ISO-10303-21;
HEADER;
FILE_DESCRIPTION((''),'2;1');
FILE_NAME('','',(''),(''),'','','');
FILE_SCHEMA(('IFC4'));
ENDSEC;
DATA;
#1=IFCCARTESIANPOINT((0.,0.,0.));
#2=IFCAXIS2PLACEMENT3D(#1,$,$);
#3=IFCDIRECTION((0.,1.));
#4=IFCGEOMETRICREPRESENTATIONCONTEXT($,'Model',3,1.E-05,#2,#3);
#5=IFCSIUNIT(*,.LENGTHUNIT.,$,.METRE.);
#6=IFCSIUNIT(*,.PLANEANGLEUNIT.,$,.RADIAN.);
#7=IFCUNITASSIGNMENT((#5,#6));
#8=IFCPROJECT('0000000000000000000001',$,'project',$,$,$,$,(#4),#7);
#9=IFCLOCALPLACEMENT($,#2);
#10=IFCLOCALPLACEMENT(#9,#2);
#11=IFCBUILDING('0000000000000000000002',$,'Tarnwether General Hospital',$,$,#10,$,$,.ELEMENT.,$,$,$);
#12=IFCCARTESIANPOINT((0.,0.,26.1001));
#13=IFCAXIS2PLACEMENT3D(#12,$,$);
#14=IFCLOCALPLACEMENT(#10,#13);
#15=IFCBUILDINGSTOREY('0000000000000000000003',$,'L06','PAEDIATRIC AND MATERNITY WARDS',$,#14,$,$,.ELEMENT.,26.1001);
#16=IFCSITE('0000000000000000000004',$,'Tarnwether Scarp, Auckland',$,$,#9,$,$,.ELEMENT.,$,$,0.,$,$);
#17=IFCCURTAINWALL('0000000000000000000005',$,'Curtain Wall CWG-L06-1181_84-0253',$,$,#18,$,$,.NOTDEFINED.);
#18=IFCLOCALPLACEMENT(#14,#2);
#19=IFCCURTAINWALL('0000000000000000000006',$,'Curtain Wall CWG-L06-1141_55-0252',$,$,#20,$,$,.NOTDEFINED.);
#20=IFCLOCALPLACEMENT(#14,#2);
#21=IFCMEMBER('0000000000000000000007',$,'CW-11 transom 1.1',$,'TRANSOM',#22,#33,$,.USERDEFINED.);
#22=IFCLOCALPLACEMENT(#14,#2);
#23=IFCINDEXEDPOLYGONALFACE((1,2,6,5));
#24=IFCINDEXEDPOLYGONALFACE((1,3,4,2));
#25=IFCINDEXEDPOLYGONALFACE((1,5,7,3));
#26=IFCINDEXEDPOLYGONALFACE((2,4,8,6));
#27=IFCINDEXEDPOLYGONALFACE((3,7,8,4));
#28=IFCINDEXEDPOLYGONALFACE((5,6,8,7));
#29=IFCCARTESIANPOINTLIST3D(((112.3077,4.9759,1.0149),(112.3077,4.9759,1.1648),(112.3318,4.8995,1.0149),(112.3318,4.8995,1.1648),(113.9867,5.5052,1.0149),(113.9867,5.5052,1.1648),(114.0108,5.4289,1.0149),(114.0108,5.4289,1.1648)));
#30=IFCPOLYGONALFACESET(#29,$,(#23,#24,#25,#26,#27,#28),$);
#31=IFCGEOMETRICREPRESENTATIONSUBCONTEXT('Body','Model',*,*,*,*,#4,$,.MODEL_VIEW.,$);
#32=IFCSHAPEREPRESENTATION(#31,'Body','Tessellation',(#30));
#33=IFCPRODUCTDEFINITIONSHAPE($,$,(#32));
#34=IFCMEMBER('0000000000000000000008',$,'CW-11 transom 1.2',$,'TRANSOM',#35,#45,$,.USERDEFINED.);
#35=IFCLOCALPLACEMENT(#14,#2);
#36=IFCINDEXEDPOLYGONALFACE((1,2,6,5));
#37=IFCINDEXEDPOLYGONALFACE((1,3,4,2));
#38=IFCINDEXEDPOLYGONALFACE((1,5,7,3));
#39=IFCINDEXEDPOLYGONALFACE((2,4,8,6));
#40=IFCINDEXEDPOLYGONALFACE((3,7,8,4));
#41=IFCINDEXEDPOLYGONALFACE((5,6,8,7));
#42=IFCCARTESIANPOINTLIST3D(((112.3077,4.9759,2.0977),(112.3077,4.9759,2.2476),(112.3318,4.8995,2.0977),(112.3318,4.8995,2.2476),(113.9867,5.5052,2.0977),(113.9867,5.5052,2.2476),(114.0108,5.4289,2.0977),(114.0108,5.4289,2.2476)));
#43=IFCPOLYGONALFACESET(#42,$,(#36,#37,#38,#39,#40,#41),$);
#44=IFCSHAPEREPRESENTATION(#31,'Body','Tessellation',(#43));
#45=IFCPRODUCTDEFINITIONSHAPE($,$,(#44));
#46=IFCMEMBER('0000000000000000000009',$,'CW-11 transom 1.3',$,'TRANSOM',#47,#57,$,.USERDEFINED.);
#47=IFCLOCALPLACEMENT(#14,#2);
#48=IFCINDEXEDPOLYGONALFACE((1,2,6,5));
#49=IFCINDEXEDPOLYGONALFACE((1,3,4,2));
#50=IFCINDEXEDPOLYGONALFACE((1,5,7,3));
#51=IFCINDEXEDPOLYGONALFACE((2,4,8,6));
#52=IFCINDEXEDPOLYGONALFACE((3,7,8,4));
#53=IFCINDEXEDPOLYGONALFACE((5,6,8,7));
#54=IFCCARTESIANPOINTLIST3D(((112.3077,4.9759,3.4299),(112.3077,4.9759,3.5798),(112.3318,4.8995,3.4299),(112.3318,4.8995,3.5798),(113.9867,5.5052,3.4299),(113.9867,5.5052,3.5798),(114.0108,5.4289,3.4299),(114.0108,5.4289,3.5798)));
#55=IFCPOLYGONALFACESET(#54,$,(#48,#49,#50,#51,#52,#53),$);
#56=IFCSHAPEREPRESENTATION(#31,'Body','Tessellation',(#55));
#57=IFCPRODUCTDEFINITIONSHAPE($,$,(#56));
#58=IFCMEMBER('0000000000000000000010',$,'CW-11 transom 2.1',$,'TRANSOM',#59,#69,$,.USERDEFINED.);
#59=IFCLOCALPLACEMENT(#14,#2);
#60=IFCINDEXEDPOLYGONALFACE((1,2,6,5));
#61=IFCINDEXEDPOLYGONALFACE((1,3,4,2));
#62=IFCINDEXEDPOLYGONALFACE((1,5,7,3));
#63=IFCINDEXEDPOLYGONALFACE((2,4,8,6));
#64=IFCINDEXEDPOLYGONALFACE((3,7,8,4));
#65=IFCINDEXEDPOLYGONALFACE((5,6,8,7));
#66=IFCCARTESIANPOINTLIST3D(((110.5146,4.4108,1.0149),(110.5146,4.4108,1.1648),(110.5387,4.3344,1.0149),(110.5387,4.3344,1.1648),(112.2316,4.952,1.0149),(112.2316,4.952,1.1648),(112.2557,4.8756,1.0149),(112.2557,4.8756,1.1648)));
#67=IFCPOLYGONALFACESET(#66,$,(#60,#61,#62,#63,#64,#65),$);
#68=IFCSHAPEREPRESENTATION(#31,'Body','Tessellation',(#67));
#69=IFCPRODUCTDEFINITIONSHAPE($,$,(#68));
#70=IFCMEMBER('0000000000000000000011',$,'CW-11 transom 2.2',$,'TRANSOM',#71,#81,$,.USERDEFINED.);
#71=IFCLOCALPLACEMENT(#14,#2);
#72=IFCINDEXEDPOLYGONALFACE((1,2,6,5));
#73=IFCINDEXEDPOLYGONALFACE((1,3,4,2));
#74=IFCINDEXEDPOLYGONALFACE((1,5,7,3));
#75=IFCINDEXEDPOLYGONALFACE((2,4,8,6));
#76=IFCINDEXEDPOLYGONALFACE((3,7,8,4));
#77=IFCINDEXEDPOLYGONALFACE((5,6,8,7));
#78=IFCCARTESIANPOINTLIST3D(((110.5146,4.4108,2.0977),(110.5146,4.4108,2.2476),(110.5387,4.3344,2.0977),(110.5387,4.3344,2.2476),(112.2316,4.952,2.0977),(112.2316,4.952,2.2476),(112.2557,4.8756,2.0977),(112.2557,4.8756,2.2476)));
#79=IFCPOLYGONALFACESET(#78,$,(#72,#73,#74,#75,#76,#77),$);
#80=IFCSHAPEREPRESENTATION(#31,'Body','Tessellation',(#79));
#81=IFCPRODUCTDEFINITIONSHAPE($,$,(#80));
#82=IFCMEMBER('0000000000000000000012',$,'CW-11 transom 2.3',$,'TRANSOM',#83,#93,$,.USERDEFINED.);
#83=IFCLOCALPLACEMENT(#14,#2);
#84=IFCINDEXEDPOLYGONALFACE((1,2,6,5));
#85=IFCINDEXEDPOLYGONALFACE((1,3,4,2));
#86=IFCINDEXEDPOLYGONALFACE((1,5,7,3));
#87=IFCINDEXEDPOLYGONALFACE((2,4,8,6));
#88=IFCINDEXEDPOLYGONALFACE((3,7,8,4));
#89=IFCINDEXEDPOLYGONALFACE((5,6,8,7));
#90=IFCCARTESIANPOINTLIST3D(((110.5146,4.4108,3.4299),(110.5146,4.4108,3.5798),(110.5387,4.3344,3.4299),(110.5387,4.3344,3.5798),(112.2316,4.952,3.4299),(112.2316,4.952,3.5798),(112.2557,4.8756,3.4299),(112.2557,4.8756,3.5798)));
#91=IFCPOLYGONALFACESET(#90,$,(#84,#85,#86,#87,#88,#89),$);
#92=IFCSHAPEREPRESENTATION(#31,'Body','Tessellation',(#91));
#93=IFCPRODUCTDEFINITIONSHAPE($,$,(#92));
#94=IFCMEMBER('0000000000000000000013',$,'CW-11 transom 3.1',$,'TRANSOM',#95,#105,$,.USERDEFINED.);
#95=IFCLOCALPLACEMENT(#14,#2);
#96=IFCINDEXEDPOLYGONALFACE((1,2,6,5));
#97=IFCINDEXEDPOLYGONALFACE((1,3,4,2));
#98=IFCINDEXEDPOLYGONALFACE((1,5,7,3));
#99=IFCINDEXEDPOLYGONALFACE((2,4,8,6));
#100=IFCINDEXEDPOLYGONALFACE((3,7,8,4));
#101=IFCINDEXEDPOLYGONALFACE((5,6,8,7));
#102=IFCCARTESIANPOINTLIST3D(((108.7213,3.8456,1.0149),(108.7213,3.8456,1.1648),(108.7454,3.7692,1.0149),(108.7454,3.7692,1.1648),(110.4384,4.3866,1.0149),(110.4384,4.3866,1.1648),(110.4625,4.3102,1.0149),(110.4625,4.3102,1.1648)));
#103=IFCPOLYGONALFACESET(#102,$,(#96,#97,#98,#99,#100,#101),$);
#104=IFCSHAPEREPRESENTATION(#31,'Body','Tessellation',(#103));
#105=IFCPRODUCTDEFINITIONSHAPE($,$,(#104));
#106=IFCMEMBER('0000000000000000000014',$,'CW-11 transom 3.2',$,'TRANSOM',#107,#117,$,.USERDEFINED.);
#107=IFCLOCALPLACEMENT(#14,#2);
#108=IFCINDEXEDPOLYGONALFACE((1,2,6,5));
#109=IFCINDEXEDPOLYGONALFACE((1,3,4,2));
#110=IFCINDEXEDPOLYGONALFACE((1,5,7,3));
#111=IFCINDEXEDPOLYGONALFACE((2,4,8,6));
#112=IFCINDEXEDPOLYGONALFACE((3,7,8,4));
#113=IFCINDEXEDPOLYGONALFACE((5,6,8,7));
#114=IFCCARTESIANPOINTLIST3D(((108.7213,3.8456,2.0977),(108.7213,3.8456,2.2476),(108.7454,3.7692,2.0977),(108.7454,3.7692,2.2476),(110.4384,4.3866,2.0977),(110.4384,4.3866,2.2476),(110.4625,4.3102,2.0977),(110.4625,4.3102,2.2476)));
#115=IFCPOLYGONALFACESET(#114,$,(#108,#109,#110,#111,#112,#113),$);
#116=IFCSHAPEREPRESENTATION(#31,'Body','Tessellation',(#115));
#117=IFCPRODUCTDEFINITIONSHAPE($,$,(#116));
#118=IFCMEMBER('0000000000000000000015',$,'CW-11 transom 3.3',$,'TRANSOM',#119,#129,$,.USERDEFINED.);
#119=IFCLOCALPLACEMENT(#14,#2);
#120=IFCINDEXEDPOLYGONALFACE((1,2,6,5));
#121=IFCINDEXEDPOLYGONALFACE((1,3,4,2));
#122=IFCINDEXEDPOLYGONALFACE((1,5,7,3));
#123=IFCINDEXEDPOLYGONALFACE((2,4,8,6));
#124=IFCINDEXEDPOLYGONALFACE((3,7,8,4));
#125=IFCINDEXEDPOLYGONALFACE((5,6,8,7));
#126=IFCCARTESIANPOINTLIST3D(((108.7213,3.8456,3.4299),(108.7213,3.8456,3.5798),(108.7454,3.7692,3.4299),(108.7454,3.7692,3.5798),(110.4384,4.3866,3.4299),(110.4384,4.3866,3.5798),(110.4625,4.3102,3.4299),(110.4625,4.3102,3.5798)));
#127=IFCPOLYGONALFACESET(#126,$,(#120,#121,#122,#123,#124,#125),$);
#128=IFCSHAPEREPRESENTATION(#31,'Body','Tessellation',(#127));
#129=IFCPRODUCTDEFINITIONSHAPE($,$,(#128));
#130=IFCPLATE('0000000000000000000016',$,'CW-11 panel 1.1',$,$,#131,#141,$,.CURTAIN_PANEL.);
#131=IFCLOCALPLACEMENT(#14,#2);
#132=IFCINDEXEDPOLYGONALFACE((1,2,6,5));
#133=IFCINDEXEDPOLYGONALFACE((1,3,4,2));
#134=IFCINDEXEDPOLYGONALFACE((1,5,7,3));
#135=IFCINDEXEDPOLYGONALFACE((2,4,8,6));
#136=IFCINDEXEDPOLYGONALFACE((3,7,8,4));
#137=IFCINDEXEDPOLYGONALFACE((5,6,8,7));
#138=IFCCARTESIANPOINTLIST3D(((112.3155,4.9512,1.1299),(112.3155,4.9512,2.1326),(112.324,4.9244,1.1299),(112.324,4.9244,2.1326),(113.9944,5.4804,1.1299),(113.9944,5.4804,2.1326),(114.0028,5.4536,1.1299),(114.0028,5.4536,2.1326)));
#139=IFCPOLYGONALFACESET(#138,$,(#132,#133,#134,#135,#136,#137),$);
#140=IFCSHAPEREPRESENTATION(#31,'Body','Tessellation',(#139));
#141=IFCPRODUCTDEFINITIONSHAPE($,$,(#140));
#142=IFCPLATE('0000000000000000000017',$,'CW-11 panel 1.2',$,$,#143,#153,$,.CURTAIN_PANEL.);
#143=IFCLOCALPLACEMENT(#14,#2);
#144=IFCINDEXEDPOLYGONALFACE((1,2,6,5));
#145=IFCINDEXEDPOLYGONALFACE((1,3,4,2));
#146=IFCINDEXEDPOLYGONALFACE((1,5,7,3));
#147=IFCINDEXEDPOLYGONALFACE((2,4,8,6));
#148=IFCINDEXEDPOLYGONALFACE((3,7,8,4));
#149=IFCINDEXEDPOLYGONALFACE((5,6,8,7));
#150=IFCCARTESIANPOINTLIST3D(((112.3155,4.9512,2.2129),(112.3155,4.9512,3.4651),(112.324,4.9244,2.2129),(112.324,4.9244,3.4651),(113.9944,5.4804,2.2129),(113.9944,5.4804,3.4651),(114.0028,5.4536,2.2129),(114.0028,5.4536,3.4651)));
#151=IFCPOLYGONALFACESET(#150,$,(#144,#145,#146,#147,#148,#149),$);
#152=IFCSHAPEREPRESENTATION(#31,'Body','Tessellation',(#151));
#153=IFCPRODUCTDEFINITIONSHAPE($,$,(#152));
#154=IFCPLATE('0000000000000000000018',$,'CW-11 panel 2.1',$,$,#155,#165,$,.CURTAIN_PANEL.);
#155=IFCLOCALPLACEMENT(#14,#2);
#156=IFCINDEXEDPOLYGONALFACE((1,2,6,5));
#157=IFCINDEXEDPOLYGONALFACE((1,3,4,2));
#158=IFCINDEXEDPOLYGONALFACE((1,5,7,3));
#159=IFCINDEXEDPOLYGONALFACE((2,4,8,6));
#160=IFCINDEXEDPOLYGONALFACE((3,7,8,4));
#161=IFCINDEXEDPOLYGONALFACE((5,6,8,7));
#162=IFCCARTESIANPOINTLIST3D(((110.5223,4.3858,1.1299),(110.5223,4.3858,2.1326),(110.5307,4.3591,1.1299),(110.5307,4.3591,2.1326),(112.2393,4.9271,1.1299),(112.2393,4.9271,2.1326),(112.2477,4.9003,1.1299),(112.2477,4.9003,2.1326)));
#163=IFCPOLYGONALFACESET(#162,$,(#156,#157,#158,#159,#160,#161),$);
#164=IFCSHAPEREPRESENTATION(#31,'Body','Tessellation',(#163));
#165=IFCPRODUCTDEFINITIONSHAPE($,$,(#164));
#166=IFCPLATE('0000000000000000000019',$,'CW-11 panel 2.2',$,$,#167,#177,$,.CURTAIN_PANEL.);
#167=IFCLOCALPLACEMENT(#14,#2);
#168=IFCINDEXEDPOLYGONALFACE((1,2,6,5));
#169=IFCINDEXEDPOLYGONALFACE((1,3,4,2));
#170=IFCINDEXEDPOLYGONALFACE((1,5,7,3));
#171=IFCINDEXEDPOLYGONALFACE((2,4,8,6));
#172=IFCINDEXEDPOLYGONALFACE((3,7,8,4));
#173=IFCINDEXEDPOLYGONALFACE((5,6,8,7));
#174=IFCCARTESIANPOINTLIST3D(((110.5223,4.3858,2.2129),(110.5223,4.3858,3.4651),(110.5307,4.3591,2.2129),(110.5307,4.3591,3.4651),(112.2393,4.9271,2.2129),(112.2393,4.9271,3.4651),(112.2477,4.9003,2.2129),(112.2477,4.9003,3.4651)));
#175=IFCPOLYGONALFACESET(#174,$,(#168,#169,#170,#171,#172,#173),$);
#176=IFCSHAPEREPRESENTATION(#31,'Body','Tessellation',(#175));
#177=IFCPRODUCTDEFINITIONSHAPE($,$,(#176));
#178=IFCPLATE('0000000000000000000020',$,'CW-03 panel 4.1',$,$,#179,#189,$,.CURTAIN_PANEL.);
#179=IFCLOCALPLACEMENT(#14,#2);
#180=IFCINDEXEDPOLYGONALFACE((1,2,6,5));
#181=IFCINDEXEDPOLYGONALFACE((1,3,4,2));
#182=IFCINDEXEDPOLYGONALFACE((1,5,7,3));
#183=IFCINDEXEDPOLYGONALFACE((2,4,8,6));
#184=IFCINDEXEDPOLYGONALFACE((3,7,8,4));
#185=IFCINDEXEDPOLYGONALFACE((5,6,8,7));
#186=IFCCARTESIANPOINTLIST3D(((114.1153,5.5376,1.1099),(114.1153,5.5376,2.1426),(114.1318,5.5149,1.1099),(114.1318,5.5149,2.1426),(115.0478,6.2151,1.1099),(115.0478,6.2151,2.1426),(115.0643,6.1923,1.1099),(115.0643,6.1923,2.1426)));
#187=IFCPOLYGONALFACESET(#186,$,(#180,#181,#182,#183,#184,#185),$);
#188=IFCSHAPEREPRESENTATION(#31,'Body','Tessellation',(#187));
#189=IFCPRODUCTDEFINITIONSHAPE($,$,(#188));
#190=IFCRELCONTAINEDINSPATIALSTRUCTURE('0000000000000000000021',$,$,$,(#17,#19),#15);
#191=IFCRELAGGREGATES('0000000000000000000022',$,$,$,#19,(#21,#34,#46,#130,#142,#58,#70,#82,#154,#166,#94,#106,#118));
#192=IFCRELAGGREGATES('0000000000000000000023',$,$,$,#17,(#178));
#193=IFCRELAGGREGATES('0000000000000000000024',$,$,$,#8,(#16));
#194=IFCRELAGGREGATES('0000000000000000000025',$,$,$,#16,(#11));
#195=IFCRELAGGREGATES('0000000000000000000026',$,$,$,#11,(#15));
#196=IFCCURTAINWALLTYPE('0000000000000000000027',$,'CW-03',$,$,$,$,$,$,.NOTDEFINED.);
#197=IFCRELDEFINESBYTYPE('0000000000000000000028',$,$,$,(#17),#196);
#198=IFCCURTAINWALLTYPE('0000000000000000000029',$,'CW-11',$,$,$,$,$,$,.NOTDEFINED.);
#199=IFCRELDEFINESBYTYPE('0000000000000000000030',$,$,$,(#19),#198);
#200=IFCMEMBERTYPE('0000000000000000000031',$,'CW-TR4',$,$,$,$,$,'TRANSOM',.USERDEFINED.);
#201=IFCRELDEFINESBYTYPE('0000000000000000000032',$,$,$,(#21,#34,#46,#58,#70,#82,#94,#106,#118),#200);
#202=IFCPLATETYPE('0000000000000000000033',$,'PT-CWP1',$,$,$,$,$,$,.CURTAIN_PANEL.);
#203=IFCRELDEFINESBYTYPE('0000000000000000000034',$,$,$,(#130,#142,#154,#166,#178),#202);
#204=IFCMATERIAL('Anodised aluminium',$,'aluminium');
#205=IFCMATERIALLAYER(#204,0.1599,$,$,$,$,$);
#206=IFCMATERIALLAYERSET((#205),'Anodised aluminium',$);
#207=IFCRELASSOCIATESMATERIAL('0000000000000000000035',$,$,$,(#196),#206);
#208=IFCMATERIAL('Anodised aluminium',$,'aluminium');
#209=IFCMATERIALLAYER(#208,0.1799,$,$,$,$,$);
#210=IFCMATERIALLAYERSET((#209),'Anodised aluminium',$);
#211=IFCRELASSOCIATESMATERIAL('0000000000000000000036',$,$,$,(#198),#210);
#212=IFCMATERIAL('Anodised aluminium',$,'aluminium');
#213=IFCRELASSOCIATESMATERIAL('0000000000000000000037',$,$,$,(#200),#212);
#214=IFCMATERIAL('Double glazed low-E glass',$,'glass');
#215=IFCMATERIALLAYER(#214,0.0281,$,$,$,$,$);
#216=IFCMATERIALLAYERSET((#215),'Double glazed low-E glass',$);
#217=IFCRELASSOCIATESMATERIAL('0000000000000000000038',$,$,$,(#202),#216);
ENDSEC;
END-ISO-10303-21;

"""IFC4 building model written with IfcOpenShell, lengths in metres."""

from ifc_helpers import new_model, si_unit, direction, frame, origin, origin_2d, place, context, subcontext, project, spatial, rectangle, extrude, material, layer, layer_set, material_profile, profile_set, type_object, element, aggregate, save


model = new_model("IFC4")

# Units and contexts
model_context = context("Model", 3, precision=1e-05, world=origin(), true_north=direction((0.0, 1.0)))
body_context = subcontext(model_context, "Body", "Model", "MODEL_VIEW")
ifc_project = project(units=[si_unit("LENGTHUNIT", "METRE"), si_unit("PLANEANGLEUNIT", "RADIAN")], contexts=[model_context])

# Site, building, storey
site_placement = place(None, origin())
site = spatial("IfcSite", under=ifc_project, at=site_placement, Name="Tarnwether Scarp, Auckland", CompositionType="ELEMENT", RefElevation=0.0)
building_placement = place(site_placement, origin())
building = spatial("IfcBuilding", under=site, at=building_placement, Name="Tarnwether General Hospital", CompositionType="ELEMENT")
storey_placement = place(building_placement, frame((0.0, 0.0, 26.1001)))
storey = spatial("IfcBuildingStorey", under=building, at=storey_placement, Name="L06", Description="PAEDIATRIC AND MATERNITY WARDS", CompositionType="ELEMENT", Elevation=26.1001)

# Curtain wall
ifc_material_1 = material(Name="Anodised aluminium", Category="aluminium")
ifc_layer_1 = layer(ifc_material_1, 0.1599)
ifc_layer_set_1 = layer_set([ifc_layer_1], Name="Anodised aluminium")
curtain_wall_type_1 = type_object("IfcCurtainWallType", Name="CW-03", PredefinedType="NOTDEFINED", material=ifc_layer_set_1)
curtain_wall_1_placement = place(storey_placement, origin())
curtain_wall_1 = element("IfcCurtainWall", 1, at=curtain_wall_1_placement, inside=storey, type_object=curtain_wall_type_1, Name="Curtain Wall CWG-L06-1181_84-0253", PredefinedType="NOTDEFINED")

# Curtain wall
ifc_material_2 = material(Name="Anodised aluminium", Category="aluminium")
ifc_layer_2 = layer(ifc_material_2, 0.1799)
ifc_layer_set_2 = layer_set([ifc_layer_2], Name="Anodised aluminium")
curtain_wall_type_2 = type_object("IfcCurtainWallType", Name="CW-11", PredefinedType="NOTDEFINED", material=ifc_layer_set_2)
curtain_wall_2_placement = place(storey_placement, origin())
curtain_wall_2 = element("IfcCurtainWall", 2, at=curtain_wall_2_placement, inside=storey, type_object=curtain_wall_type_2, Name="Curtain Wall CWG-L06-1141_55-0252", PredefinedType="NOTDEFINED")

# Members
ifc_material_3 = material(Name="Anodised aluminium", Category="aluminium")
ifc_material_profile_1 = material_profile(ifc_material_3, rectangle(XDim=0.0801, YDim=0.1499, at=origin_2d()), Name="ALU-TRN-80x150")
ifc_profile_set_1 = profile_set([ifc_material_profile_1], Name="Anodised aluminium")
member_type_1 = type_object("IfcMemberType", Name="CW-TR4", ElementType="TRANSOM", PredefinedType="USERDEFINED", material=ifc_profile_set_1)
member_1_placement = place(storey_placement, frame((113.9988, 5.467, 1.0898), z_axis=(-0.953729, -0.300667, 0.0), x_axis=(0.300667, -0.953729, 0.0)))
member_1 = element("IfcMember", 3, at=member_1_placement, type_object=member_type_1, Name="CW-11 transom 1.1", ObjectType="TRANSOM", PredefinedType="USERDEFINED", context=body_context, shape_type="SweptSolid", body=[
    extrude(rectangle(XDim=0.0801, YDim=0.1499, at=origin_2d()), origin(), (0.0, 0.0, 1.0), 1.7605),
])
member_2_placement = place(storey_placement, frame((113.9988, 5.467, 2.1726), z_axis=(-0.953729, -0.300667, 0.0), x_axis=(0.300667, -0.953729, 0.0)))
member_2 = element("IfcMember", 4, at=member_2_placement, type_object=member_type_1, Name="CW-11 transom 1.2", ObjectType="TRANSOM", PredefinedType="USERDEFINED", context=body_context, shape_type="SweptSolid", body=[
    extrude(rectangle(XDim=0.0801, YDim=0.1499, at=origin_2d()), origin(), (0.0, 0.0, 1.0), 1.7605),
])
member_3_placement = place(storey_placement, frame((113.9988, 5.467, 3.5049), z_axis=(-0.953729, -0.300667, 0.0), x_axis=(0.300667, -0.953729, 0.0)))
member_3 = element("IfcMember", 5, at=member_3_placement, type_object=member_type_1, Name="CW-11 transom 1.3", ObjectType="TRANSOM", PredefinedType="USERDEFINED", context=body_context, shape_type="SweptSolid", body=[
    extrude(rectangle(XDim=0.0801, YDim=0.1499, at=origin_2d()), origin(), (0.0, 0.0, 1.0), 1.7605),
])
member_4_placement = place(storey_placement, frame((112.2437, 4.9138, 1.0898), z_axis=(-0.953736, -0.300645, 0.0), x_axis=(0.300645, -0.953736, 0.0)))
member_4 = element("IfcMember", 6, at=member_4_placement, type_object=member_type_1, Name="CW-11 transom 2.1", ObjectType="TRANSOM", PredefinedType="USERDEFINED", context=body_context, shape_type="SweptSolid", body=[
    extrude(rectangle(XDim=0.0801, YDim=0.1499, at=origin_2d()), origin(), (0.0, 0.0, 1.0), 1.8003),
])
member_5_placement = place(storey_placement, frame((112.2437, 4.9138, 2.1726), z_axis=(-0.953736, -0.300645, 0.0), x_axis=(0.300645, -0.953736, 0.0)))
member_5 = element("IfcMember", 7, at=member_5_placement, type_object=member_type_1, Name="CW-11 transom 2.2", ObjectType="TRANSOM", PredefinedType="USERDEFINED", context=body_context, shape_type="SweptSolid", body=[
    extrude(rectangle(XDim=0.0801, YDim=0.1499, at=origin_2d()), origin(), (0.0, 0.0, 1.0), 1.8003),
])
member_6_placement = place(storey_placement, frame((112.2437, 4.9138, 3.5049), z_axis=(-0.953736, -0.300645, 0.0), x_axis=(0.300645, -0.953736, 0.0)))
member_6 = element("IfcMember", 8, at=member_6_placement, type_object=member_type_1, Name="CW-11 transom 2.3", ObjectType="TRANSOM", PredefinedType="USERDEFINED", context=body_context, shape_type="SweptSolid", body=[
    extrude(rectangle(XDim=0.0801, YDim=0.1499, at=origin_2d()), origin(), (0.0, 0.0, 1.0), 1.8003),
])
member_7_placement = place(storey_placement, frame((110.4504, 4.3484, 1.0898), z_axis=(-0.953775, -0.300521, 0.0), x_axis=(0.300521, -0.953775, 0.0)))
member_7 = element("IfcMember", 9, at=member_7_placement, type_object=member_type_1, Name="CW-11 transom 3.1", ObjectType="TRANSOM", PredefinedType="USERDEFINED", context=body_context, shape_type="SweptSolid", body=[
    extrude(rectangle(XDim=0.0801, YDim=0.1499, at=origin_2d()), origin(), (0.0, 0.0, 1.0), 1.8003),
])
member_8_placement = place(storey_placement, frame((110.4504, 4.3484, 2.1726), z_axis=(-0.953775, -0.300521, 0.0), x_axis=(0.300521, -0.953775, 0.0)))
member_8 = element("IfcMember", 10, at=member_8_placement, type_object=member_type_1, Name="CW-11 transom 3.2", ObjectType="TRANSOM", PredefinedType="USERDEFINED", context=body_context, shape_type="SweptSolid", body=[
    extrude(rectangle(XDim=0.0801, YDim=0.1499, at=origin_2d()), origin(), (0.0, 0.0, 1.0), 1.8003),
])
member_9_placement = place(storey_placement, frame((110.4504, 4.3484, 3.5049), z_axis=(-0.953775, -0.300521, 0.0), x_axis=(0.300521, -0.953775, 0.0)))
member_9 = element("IfcMember", 11, at=member_9_placement, type_object=member_type_1, Name="CW-11 transom 3.3", ObjectType="TRANSOM", PredefinedType="USERDEFINED", context=body_context, shape_type="SweptSolid", body=[
    extrude(rectangle(XDim=0.0801, YDim=0.1499, at=origin_2d()), origin(), (0.0, 0.0, 1.0), 1.8003),
])

# Plates
ifc_material_4 = material(Name="Double glazed low-E glass", Category="glass")
ifc_layer_3 = layer(ifc_material_4, 0.0281)
ifc_layer_set_3 = layer_set([ifc_layer_3], Name="Double glazed low-E glass")
plate_type_1 = type_object("IfcPlateType", Name="PT-CWP1", PredefinedType="CURTAIN_PANEL", material=ifc_layer_set_3)
plate_1_placement = place(storey_placement, frame((113.1592, 5.2024, 1.1299), z_axis=(0.0, 0.0, 1.0), x_axis=(-0.953741, -0.300629, 0.0)))
plate_1 = element("IfcPlate", 12, at=plate_1_placement, type_object=plate_type_1, Name="CW-11 panel 1.1", PredefinedType="CURTAIN_PANEL", context=body_context, shape_type="SweptSolid", body=[
    extrude(rectangle(XDim=1.7603, YDim=0.0281, at=origin_2d()), origin(), (0.0, 0.0, 1.0), 1.0027),
])
plate_2_placement = place(storey_placement, frame((113.1592, 5.2024, 2.2129), z_axis=(0.0, 0.0, 1.0), x_axis=(-0.953741, -0.300629, 0.0)))
plate_2 = element("IfcPlate", 13, at=plate_2_placement, type_object=plate_type_1, Name="CW-11 panel 1.2", PredefinedType="CURTAIN_PANEL", context=body_context, shape_type="SweptSolid", body=[
    extrude(rectangle(XDim=1.7603, YDim=0.0281, at=origin_2d()), origin(), (0.0, 0.0, 1.0), 1.2522),
])
plate_3_placement = place(storey_placement, frame((111.385, 4.6431, 1.1299), z_axis=(0.0, 0.0, 1.0), x_axis=(-0.953741, -0.300629, 0.0)))
plate_3 = element("IfcPlate", 14, at=plate_3_placement, type_object=plate_type_1, Name="CW-11 panel 2.1", PredefinedType="CURTAIN_PANEL", context=body_context, shape_type="SweptSolid", body=[
    extrude(rectangle(XDim=1.8003, YDim=0.0281, at=origin_2d()), origin(), (0.0, 0.0, 1.0), 1.0027),
])
plate_4_placement = place(storey_placement, frame((111.385, 4.6431, 2.2129), z_axis=(0.0, 0.0, 1.0), x_axis=(-0.953741, -0.300629, 0.0)))
plate_4 = element("IfcPlate", 15, at=plate_4_placement, type_object=plate_type_1, Name="CW-11 panel 2.2", PredefinedType="CURTAIN_PANEL", context=body_context, shape_type="SweptSolid", body=[
    extrude(rectangle(XDim=1.8003, YDim=0.0281, at=origin_2d()), origin(), (0.0, 0.0, 1.0), 1.2522),
])
aggregate(curtain_wall_2, [member_1, member_2, member_3, plate_1, plate_2, member_4, member_5, member_6, plate_3, plate_4, member_7, member_8, member_9])
plate_5_placement = place(storey_placement, frame((114.5898, 5.865, 1.1099), z_axis=(0.0, 0.0, 1.0), x_axis=(-0.809058, -0.587729, 0.0)))
plate_5 = element("IfcPlate", 16, at=plate_5_placement, type_object=plate_type_1, Name="CW-03 panel 4.1", PredefinedType="CURTAIN_PANEL", context=body_context, shape_type="SweptSolid", body=[
    extrude(rectangle(XDim=1.1526, YDim=0.0281, at=origin_2d()), origin(), (0.0, 0.0, 1.0), 1.0327),
])
aggregate(curtain_wall_1, [plate_5])

save(model, "model.ifc")
